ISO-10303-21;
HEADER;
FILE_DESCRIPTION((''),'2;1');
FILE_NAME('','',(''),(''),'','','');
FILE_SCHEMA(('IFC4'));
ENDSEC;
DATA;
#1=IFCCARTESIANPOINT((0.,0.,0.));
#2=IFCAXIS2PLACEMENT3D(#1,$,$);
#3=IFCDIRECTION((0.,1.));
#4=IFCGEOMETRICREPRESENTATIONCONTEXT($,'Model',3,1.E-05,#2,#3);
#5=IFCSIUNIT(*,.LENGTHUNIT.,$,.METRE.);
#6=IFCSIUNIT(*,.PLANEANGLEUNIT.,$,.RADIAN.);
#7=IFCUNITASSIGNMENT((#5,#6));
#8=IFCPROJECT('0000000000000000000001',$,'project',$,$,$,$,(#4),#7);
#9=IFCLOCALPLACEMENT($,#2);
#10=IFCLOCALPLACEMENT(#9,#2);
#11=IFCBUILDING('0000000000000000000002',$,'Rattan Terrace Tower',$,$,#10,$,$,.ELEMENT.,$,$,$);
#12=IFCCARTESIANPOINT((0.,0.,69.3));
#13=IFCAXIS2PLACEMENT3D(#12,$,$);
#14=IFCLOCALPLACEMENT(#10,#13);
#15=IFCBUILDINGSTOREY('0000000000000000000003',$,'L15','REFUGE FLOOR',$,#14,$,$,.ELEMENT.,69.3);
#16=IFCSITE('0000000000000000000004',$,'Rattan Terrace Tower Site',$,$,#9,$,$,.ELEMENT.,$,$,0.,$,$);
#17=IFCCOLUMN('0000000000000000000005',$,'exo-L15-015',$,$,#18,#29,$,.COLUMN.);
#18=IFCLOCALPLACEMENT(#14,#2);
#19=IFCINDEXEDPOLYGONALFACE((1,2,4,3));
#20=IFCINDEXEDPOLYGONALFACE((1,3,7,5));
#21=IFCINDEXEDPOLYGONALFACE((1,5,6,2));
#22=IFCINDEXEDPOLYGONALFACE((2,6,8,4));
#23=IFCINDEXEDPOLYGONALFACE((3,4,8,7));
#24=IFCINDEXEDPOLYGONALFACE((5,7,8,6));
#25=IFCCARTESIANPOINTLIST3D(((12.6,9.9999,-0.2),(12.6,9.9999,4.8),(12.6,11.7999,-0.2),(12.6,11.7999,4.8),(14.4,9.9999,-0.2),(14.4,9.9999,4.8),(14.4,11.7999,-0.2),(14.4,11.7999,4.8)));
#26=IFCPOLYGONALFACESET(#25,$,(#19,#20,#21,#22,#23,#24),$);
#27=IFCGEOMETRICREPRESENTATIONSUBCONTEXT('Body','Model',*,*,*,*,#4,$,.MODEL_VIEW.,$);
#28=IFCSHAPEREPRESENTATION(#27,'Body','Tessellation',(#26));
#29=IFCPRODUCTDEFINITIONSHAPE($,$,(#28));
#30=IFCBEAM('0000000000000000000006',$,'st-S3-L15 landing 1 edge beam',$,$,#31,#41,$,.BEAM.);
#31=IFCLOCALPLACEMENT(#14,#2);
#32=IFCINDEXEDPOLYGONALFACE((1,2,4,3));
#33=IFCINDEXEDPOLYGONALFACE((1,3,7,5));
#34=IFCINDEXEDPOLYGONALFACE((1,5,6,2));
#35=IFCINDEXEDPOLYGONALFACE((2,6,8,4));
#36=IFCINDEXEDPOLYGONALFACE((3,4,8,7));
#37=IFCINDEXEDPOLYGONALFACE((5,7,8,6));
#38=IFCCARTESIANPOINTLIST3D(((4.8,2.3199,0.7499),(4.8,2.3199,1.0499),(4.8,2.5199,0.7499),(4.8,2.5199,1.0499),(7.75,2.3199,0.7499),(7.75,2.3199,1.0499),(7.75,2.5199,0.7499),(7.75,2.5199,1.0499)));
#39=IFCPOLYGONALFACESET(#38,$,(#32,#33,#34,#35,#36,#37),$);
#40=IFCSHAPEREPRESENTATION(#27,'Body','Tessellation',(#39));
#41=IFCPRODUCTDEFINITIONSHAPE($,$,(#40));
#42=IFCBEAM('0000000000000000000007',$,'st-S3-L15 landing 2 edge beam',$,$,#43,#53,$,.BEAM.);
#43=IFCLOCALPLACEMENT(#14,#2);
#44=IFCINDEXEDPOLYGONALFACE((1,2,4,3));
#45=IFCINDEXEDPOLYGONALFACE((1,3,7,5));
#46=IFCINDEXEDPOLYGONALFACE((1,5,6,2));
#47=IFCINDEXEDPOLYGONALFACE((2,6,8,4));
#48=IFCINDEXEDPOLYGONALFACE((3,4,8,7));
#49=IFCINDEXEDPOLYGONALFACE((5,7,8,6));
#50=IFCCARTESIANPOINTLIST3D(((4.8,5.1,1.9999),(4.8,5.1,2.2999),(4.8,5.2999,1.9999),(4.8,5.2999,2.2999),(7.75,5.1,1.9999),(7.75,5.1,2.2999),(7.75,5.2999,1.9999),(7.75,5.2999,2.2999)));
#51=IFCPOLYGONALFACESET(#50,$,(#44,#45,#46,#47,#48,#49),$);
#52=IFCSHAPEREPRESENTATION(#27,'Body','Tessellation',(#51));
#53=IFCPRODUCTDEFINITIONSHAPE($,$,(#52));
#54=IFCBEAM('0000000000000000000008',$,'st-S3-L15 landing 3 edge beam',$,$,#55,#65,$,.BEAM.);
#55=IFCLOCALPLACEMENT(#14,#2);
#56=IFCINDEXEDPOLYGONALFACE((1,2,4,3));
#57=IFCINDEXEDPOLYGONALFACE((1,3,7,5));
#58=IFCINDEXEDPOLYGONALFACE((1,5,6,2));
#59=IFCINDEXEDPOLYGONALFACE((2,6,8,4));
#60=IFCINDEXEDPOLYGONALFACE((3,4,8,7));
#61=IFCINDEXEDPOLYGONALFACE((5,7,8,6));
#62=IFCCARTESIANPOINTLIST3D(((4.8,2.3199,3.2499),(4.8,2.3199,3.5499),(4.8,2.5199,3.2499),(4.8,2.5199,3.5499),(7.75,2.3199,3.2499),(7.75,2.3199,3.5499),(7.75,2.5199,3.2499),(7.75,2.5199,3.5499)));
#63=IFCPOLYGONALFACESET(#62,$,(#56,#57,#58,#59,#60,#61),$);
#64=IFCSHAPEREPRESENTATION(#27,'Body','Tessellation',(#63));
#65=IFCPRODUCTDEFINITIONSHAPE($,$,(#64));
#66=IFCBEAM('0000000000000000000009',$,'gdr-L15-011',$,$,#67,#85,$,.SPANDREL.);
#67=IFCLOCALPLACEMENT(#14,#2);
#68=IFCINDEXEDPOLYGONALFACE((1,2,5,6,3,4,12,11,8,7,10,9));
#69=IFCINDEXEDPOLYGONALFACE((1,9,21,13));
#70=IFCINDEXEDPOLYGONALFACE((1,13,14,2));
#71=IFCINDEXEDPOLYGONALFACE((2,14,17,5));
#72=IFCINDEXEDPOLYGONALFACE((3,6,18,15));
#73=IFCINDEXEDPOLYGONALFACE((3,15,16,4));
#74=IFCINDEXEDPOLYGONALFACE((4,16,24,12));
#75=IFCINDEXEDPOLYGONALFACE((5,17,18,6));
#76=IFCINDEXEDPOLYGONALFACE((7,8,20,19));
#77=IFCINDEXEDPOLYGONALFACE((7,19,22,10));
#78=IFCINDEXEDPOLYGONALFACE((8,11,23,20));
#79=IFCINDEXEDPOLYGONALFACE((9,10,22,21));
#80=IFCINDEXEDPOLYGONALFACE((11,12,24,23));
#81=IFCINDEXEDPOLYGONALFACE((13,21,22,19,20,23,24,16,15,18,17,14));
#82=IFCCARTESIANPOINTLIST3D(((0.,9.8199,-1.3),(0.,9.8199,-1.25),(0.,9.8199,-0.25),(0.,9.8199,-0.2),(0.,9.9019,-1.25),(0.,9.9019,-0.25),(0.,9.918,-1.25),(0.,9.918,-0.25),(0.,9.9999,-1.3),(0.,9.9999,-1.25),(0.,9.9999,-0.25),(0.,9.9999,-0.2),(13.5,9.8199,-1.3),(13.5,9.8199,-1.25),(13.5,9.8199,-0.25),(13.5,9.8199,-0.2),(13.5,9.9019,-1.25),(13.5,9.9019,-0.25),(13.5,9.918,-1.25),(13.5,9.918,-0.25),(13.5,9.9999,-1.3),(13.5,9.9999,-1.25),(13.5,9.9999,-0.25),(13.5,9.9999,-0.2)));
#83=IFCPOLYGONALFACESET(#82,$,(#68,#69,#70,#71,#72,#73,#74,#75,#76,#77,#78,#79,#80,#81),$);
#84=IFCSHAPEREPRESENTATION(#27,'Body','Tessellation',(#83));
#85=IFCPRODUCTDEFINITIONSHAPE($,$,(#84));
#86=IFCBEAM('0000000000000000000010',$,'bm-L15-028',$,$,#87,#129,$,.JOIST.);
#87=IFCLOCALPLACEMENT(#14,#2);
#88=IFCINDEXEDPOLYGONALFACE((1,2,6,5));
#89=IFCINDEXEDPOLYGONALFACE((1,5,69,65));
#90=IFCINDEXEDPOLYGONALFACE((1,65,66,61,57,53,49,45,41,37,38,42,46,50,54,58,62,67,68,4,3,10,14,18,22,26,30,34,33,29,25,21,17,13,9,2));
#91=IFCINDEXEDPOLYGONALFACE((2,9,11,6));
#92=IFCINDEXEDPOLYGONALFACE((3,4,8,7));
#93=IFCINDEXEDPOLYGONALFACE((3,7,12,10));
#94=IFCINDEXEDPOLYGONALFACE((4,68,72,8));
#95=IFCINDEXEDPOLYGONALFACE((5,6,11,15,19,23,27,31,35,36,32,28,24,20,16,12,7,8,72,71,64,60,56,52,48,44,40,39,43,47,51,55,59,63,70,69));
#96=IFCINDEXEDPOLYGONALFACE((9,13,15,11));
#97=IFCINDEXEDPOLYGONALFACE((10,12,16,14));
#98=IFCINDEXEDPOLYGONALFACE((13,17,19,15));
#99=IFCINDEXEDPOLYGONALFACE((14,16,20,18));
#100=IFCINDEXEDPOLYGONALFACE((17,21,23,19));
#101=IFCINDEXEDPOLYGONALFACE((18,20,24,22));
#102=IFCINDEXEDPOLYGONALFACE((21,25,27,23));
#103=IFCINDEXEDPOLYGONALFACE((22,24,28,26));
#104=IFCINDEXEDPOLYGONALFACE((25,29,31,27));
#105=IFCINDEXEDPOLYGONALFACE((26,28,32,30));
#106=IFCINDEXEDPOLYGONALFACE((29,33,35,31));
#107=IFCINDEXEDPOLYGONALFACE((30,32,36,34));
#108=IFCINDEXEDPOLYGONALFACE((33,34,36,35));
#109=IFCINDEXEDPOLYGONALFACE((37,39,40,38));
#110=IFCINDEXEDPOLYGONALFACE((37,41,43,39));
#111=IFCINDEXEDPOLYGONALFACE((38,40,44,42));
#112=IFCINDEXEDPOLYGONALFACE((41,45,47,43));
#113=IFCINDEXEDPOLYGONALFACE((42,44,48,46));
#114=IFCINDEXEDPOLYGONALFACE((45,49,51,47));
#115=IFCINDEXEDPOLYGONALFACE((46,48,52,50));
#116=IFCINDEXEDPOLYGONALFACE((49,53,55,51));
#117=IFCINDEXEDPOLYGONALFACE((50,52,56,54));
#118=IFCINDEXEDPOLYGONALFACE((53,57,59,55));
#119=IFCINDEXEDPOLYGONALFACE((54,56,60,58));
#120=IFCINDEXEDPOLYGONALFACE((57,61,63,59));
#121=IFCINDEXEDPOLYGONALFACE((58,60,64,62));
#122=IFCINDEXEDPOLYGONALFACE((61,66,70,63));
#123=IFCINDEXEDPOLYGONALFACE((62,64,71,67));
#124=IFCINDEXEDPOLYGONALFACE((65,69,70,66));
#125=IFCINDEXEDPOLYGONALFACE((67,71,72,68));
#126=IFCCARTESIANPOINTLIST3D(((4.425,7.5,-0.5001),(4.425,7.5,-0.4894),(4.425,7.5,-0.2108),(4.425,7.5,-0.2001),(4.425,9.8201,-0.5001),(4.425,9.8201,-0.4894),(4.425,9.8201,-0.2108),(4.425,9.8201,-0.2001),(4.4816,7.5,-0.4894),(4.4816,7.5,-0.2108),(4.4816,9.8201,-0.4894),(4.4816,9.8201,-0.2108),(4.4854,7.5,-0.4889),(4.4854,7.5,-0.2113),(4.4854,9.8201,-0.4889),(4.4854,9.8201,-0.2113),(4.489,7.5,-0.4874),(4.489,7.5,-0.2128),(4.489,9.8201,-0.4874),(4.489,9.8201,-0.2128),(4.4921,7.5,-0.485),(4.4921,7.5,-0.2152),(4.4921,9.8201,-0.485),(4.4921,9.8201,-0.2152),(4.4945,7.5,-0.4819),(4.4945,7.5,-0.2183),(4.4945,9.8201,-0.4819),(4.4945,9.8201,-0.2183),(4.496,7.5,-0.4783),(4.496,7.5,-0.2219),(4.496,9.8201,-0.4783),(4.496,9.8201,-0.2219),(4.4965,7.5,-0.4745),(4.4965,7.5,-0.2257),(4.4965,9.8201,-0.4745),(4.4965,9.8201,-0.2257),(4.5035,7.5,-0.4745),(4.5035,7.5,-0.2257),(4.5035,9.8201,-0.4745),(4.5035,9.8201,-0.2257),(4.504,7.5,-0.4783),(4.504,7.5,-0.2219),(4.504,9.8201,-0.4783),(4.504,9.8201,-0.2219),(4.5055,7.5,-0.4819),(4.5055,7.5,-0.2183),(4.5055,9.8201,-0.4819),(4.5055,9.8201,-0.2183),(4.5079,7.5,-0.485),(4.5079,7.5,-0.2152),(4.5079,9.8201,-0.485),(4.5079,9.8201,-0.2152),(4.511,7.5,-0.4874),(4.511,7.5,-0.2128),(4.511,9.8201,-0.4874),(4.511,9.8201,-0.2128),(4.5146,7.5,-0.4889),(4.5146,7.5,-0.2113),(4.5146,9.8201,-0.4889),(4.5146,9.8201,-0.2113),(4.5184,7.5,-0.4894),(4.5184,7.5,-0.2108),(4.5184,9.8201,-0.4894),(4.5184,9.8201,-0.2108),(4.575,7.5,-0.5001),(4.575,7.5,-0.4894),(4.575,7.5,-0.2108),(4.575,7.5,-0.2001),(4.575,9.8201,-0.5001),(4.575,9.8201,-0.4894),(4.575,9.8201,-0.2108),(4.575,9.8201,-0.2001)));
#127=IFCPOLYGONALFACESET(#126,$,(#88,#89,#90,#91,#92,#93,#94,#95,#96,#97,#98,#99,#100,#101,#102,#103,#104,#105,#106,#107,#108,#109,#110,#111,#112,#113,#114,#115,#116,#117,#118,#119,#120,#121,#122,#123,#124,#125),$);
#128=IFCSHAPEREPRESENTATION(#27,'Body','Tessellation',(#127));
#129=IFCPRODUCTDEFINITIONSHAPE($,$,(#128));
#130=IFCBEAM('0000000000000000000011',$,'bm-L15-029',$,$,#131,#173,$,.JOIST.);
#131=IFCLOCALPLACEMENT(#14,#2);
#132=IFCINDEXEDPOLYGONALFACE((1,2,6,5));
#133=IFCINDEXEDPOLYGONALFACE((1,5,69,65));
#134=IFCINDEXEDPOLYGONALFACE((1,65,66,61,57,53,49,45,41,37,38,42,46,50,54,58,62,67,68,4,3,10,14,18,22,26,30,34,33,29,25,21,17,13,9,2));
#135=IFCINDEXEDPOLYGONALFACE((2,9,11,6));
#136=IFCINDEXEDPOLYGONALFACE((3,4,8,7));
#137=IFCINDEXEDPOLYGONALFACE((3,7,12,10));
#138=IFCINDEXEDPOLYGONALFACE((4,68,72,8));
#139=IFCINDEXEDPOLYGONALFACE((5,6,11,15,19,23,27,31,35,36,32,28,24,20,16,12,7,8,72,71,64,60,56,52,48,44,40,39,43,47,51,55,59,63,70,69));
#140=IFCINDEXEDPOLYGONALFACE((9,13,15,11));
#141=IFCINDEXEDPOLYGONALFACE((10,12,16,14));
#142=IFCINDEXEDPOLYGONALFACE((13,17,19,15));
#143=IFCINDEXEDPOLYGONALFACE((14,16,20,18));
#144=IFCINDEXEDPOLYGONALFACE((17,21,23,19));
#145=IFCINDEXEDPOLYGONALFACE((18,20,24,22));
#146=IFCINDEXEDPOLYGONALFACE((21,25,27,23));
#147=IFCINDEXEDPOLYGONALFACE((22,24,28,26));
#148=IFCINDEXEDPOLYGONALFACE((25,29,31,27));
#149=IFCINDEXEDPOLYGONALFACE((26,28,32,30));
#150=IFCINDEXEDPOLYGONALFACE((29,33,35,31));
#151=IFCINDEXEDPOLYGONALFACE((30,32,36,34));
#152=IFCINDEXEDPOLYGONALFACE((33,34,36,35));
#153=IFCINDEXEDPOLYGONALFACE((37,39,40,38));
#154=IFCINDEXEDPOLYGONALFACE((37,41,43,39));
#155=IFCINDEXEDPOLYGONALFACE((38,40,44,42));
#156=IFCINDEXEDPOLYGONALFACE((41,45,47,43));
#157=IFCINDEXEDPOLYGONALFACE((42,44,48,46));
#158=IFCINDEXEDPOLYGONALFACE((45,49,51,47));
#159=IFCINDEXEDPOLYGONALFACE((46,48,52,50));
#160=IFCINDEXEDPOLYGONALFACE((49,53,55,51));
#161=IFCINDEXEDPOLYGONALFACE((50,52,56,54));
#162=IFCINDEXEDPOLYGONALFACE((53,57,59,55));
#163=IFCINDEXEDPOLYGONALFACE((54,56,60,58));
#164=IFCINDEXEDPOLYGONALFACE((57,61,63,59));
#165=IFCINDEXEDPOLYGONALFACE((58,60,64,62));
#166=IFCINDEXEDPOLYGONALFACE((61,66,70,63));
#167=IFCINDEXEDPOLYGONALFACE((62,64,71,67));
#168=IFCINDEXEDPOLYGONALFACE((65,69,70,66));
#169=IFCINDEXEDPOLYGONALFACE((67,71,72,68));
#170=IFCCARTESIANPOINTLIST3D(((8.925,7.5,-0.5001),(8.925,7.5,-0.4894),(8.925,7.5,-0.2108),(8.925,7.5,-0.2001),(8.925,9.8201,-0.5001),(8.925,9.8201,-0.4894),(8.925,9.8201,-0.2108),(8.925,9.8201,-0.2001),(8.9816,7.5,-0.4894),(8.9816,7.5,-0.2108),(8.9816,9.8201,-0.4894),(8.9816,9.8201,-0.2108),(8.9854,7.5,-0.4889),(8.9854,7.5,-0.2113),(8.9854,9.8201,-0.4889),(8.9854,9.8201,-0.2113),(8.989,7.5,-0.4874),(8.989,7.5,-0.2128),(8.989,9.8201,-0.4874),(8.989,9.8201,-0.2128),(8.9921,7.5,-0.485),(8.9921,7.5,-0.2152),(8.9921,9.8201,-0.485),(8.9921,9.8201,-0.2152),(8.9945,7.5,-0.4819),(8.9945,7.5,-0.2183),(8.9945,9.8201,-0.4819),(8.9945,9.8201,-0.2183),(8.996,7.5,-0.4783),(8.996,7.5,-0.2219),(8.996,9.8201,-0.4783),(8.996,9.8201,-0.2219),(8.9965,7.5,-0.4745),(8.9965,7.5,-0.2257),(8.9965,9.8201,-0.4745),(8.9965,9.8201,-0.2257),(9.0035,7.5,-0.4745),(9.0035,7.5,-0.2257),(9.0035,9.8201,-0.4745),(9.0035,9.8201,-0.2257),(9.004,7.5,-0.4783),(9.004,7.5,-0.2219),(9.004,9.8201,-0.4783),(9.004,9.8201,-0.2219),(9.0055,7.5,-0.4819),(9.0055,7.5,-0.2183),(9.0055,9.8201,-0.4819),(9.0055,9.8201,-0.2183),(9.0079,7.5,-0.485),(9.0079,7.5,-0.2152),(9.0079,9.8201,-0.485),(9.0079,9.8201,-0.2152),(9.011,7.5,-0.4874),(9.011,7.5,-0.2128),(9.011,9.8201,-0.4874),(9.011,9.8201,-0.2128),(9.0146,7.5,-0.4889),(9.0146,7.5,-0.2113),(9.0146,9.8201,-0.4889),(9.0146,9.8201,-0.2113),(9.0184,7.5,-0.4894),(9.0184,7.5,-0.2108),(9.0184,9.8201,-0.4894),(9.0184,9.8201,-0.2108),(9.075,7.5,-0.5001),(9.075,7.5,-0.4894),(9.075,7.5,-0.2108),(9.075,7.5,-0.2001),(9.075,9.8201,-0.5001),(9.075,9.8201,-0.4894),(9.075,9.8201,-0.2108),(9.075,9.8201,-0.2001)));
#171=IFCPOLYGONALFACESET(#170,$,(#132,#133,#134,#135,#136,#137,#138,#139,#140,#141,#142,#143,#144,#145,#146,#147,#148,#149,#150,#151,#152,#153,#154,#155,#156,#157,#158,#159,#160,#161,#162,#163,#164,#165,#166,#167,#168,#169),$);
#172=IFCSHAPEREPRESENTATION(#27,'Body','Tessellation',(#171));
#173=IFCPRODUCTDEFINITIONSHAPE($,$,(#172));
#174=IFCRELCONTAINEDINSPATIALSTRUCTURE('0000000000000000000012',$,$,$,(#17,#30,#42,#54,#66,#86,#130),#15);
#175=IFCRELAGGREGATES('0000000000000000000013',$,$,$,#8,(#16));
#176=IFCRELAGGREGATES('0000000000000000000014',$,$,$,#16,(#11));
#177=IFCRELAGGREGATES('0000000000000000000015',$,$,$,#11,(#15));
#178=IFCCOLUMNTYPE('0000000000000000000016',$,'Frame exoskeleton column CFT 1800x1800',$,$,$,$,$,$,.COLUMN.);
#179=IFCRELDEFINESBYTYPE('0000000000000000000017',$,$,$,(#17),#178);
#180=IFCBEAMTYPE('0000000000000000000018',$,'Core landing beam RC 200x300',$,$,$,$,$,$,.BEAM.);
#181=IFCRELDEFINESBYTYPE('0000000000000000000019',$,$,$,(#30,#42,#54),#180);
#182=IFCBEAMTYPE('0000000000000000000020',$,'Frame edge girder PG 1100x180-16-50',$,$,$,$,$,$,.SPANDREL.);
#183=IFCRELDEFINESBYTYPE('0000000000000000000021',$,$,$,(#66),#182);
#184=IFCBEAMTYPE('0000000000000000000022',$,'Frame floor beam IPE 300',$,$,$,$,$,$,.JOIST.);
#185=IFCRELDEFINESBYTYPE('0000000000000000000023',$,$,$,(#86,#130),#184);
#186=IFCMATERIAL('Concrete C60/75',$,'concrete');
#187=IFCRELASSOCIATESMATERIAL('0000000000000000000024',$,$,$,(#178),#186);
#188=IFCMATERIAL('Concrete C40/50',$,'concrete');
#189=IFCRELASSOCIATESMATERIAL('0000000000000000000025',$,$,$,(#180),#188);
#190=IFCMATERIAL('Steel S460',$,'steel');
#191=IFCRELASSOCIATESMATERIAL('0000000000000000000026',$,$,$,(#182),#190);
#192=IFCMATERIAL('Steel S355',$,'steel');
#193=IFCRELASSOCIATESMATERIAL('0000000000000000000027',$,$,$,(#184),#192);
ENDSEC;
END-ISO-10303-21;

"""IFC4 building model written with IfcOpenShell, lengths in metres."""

from ifc_helpers import new_model, si_unit, direction, frame, origin, origin_2d, place, context, subcontext, project, spatial, rectangle, i_section, extrude, material, material_profile, profile_set, type_object, element, save


model = new_model("IFC4")

# Units and contexts
model_context = context("Model", 3, precision=1e-05, world=origin(), true_north=direction((0.0, 1.0)))
body_context = subcontext(model_context, "Body", "Model", "MODEL_VIEW")
ifc_project = project(units=[si_unit("LENGTHUNIT", "METRE"), si_unit("PLANEANGLEUNIT", "RADIAN")], contexts=[model_context])

# Site, building, storey
site_placement = place(None, origin())
site = spatial("IfcSite", under=ifc_project, at=site_placement, Name="Rattan Terrace Tower Site", CompositionType="ELEMENT", RefElevation=0.0)
building_placement = place(site_placement, origin())
building = spatial("IfcBuilding", under=site, at=building_placement, Name="Rattan Terrace Tower", CompositionType="ELEMENT")
storey_placement = place(building_placement, frame((0.0, 0.0, 69.3)))
storey = spatial("IfcBuildingStorey", under=building, at=storey_placement, Name="L15", Description="REFUGE FLOOR", CompositionType="ELEMENT", Elevation=69.3)

# Column
ifc_material_1 = material(Name="Concrete C60/75", Category="concrete")
ifc_material_profile_1 = material_profile(ifc_material_1, rectangle(XDim=1.8, YDim=1.8, at=origin_2d()), Name="CFT 1800x1800")
ifc_profile_set_1 = profile_set([ifc_material_profile_1], Name="Concrete C60/75")
column_type = type_object("IfcColumnType", Name="Frame exoskeleton column CFT 1800x1800", PredefinedType="COLUMN", material=ifc_profile_set_1)
column_placement = place(storey_placement, frame((13.5, 10.8999, -0.2), z_axis=(0.0, 0.0, 1.0), x_axis=(1.0, 0.0, 0.0)))
element("IfcColumn", 1, at=column_placement, inside=storey, type_object=column_type, Name="exo-L15-015", PredefinedType="COLUMN", context=body_context, shape_type="SweptSolid", body=[
    extrude(rectangle(XDim=1.8, YDim=1.8, at=origin_2d()), origin(), (0.0, 0.0, 1.0), 5.0),
])

# Beams
ifc_material_2 = material(Name="Concrete C40/50", Category="concrete")
ifc_material_profile_2 = material_profile(ifc_material_2, rectangle(XDim=0.2, YDim=0.3, at=origin_2d()), Name="RC 200x300")
ifc_profile_set_2 = profile_set([ifc_material_profile_2], Name="Concrete C40/50")
beam_type_1 = type_object("IfcBeamType", Name="Core landing beam RC 200x300", PredefinedType="BEAM", material=ifc_profile_set_2)
for number, where, z_axis, x_axis, name in (
    (2, (4.8, 2.4199, 0.8999), (1.0, 0.0, 0.0), (0.0, 1.0, 0.0), "st-S3-L15 landing 1 edge beam"),
    (3, (4.8, 5.2, 2.1499), (1.0, 0.0, 0.0), (0.0, 1.0, 0.0), "st-S3-L15 landing 2 edge beam"),
    (4, (4.8, 2.4199, 3.3999), (1.0, 0.0, 0.0), (0.0, 1.0, 0.0), "st-S3-L15 landing 3 edge beam"),
):
    element("IfcBeam", number, at=place(storey_placement, frame(where, z_axis=z_axis, x_axis=x_axis)), inside=storey, type_object=beam_type_1, Name=name, PredefinedType="BEAM", context=body_context, shape_type="SweptSolid", body=[
        extrude(rectangle(XDim=0.2, YDim=0.3, at=origin_2d()), origin(), (0.0, 0.0, 1.0), 2.95),
    ])
ifc_material_3 = material(Name="Steel S460", Category="steel")
ifc_material_profile_3 = material_profile(ifc_material_3, i_section(OverallWidth=0.1799, OverallDepth=1.1001, WebThickness=0.0161, FlangeThickness=0.05, at=origin_2d()), Name="PG 1100x180-16-50")
ifc_profile_set_3 = profile_set([ifc_material_profile_3], Name="Steel S460")
beam_type_2 = type_object("IfcBeamType", Name="Frame edge girder PG 1100x180-16-50", PredefinedType="SPANDREL", material=ifc_profile_set_3)
beam_1_placement = place(storey_placement, frame((13.5, 9.9099, -0.75), z_axis=(-1.0, 0.0, 0.0), x_axis=(0.0, -1.0, 0.0)))
element("IfcBeam", 5, at=beam_1_placement, inside=storey, type_object=beam_type_2, Name="gdr-L15-011", PredefinedType="SPANDREL", context=body_context, shape_type="SweptSolid", body=[
    extrude(i_section(OverallWidth=0.1799, OverallDepth=1.1001, WebThickness=0.0161, FlangeThickness=0.05, at=origin_2d()), origin(), (0.0, 0.0, 1.0), 13.5),
])
ifc_material_4 = material(Name="Steel S355", Category="steel")
ifc_material_profile_4 = material_profile(ifc_material_4, i_section(OverallWidth=0.1499, OverallDepth=0.3, WebThickness=0.0071, FlangeThickness=0.0107, FilletRadius=0.0149, at=origin_2d()), Name="IPE 300")
ifc_profile_set_4 = profile_set([ifc_material_profile_4], Name="Steel S355")
beam_type_3 = type_object("IfcBeamType", Name="Frame floor beam IPE 300", PredefinedType="JOIST", material=ifc_profile_set_4)
for number, where, z_axis, x_axis, name in (
    (6, (4.5, 7.5, -0.3501), (0.0, 1.0, 0.0), (-1.0, 0.0, 0.0), "bm-L15-028"),
    (7, (9.0, 7.5, -0.3501), (0.0, 1.0, 0.0), (-1.0, 0.0, 0.0), "bm-L15-029"),
):
    element("IfcBeam", number, at=place(storey_placement, frame(where, z_axis=z_axis, x_axis=x_axis)), inside=storey, type_object=beam_type_3, Name=name, PredefinedType="JOIST", context=body_context, shape_type="SweptSolid", body=[
        extrude(i_section(OverallWidth=0.1499, OverallDepth=0.3, WebThickness=0.0071, FlangeThickness=0.0107, FilletRadius=0.0149, at=origin_2d()), origin(), (0.0, 0.0, 1.0), 2.3201),
    ])

save(model, "model.ifc")
